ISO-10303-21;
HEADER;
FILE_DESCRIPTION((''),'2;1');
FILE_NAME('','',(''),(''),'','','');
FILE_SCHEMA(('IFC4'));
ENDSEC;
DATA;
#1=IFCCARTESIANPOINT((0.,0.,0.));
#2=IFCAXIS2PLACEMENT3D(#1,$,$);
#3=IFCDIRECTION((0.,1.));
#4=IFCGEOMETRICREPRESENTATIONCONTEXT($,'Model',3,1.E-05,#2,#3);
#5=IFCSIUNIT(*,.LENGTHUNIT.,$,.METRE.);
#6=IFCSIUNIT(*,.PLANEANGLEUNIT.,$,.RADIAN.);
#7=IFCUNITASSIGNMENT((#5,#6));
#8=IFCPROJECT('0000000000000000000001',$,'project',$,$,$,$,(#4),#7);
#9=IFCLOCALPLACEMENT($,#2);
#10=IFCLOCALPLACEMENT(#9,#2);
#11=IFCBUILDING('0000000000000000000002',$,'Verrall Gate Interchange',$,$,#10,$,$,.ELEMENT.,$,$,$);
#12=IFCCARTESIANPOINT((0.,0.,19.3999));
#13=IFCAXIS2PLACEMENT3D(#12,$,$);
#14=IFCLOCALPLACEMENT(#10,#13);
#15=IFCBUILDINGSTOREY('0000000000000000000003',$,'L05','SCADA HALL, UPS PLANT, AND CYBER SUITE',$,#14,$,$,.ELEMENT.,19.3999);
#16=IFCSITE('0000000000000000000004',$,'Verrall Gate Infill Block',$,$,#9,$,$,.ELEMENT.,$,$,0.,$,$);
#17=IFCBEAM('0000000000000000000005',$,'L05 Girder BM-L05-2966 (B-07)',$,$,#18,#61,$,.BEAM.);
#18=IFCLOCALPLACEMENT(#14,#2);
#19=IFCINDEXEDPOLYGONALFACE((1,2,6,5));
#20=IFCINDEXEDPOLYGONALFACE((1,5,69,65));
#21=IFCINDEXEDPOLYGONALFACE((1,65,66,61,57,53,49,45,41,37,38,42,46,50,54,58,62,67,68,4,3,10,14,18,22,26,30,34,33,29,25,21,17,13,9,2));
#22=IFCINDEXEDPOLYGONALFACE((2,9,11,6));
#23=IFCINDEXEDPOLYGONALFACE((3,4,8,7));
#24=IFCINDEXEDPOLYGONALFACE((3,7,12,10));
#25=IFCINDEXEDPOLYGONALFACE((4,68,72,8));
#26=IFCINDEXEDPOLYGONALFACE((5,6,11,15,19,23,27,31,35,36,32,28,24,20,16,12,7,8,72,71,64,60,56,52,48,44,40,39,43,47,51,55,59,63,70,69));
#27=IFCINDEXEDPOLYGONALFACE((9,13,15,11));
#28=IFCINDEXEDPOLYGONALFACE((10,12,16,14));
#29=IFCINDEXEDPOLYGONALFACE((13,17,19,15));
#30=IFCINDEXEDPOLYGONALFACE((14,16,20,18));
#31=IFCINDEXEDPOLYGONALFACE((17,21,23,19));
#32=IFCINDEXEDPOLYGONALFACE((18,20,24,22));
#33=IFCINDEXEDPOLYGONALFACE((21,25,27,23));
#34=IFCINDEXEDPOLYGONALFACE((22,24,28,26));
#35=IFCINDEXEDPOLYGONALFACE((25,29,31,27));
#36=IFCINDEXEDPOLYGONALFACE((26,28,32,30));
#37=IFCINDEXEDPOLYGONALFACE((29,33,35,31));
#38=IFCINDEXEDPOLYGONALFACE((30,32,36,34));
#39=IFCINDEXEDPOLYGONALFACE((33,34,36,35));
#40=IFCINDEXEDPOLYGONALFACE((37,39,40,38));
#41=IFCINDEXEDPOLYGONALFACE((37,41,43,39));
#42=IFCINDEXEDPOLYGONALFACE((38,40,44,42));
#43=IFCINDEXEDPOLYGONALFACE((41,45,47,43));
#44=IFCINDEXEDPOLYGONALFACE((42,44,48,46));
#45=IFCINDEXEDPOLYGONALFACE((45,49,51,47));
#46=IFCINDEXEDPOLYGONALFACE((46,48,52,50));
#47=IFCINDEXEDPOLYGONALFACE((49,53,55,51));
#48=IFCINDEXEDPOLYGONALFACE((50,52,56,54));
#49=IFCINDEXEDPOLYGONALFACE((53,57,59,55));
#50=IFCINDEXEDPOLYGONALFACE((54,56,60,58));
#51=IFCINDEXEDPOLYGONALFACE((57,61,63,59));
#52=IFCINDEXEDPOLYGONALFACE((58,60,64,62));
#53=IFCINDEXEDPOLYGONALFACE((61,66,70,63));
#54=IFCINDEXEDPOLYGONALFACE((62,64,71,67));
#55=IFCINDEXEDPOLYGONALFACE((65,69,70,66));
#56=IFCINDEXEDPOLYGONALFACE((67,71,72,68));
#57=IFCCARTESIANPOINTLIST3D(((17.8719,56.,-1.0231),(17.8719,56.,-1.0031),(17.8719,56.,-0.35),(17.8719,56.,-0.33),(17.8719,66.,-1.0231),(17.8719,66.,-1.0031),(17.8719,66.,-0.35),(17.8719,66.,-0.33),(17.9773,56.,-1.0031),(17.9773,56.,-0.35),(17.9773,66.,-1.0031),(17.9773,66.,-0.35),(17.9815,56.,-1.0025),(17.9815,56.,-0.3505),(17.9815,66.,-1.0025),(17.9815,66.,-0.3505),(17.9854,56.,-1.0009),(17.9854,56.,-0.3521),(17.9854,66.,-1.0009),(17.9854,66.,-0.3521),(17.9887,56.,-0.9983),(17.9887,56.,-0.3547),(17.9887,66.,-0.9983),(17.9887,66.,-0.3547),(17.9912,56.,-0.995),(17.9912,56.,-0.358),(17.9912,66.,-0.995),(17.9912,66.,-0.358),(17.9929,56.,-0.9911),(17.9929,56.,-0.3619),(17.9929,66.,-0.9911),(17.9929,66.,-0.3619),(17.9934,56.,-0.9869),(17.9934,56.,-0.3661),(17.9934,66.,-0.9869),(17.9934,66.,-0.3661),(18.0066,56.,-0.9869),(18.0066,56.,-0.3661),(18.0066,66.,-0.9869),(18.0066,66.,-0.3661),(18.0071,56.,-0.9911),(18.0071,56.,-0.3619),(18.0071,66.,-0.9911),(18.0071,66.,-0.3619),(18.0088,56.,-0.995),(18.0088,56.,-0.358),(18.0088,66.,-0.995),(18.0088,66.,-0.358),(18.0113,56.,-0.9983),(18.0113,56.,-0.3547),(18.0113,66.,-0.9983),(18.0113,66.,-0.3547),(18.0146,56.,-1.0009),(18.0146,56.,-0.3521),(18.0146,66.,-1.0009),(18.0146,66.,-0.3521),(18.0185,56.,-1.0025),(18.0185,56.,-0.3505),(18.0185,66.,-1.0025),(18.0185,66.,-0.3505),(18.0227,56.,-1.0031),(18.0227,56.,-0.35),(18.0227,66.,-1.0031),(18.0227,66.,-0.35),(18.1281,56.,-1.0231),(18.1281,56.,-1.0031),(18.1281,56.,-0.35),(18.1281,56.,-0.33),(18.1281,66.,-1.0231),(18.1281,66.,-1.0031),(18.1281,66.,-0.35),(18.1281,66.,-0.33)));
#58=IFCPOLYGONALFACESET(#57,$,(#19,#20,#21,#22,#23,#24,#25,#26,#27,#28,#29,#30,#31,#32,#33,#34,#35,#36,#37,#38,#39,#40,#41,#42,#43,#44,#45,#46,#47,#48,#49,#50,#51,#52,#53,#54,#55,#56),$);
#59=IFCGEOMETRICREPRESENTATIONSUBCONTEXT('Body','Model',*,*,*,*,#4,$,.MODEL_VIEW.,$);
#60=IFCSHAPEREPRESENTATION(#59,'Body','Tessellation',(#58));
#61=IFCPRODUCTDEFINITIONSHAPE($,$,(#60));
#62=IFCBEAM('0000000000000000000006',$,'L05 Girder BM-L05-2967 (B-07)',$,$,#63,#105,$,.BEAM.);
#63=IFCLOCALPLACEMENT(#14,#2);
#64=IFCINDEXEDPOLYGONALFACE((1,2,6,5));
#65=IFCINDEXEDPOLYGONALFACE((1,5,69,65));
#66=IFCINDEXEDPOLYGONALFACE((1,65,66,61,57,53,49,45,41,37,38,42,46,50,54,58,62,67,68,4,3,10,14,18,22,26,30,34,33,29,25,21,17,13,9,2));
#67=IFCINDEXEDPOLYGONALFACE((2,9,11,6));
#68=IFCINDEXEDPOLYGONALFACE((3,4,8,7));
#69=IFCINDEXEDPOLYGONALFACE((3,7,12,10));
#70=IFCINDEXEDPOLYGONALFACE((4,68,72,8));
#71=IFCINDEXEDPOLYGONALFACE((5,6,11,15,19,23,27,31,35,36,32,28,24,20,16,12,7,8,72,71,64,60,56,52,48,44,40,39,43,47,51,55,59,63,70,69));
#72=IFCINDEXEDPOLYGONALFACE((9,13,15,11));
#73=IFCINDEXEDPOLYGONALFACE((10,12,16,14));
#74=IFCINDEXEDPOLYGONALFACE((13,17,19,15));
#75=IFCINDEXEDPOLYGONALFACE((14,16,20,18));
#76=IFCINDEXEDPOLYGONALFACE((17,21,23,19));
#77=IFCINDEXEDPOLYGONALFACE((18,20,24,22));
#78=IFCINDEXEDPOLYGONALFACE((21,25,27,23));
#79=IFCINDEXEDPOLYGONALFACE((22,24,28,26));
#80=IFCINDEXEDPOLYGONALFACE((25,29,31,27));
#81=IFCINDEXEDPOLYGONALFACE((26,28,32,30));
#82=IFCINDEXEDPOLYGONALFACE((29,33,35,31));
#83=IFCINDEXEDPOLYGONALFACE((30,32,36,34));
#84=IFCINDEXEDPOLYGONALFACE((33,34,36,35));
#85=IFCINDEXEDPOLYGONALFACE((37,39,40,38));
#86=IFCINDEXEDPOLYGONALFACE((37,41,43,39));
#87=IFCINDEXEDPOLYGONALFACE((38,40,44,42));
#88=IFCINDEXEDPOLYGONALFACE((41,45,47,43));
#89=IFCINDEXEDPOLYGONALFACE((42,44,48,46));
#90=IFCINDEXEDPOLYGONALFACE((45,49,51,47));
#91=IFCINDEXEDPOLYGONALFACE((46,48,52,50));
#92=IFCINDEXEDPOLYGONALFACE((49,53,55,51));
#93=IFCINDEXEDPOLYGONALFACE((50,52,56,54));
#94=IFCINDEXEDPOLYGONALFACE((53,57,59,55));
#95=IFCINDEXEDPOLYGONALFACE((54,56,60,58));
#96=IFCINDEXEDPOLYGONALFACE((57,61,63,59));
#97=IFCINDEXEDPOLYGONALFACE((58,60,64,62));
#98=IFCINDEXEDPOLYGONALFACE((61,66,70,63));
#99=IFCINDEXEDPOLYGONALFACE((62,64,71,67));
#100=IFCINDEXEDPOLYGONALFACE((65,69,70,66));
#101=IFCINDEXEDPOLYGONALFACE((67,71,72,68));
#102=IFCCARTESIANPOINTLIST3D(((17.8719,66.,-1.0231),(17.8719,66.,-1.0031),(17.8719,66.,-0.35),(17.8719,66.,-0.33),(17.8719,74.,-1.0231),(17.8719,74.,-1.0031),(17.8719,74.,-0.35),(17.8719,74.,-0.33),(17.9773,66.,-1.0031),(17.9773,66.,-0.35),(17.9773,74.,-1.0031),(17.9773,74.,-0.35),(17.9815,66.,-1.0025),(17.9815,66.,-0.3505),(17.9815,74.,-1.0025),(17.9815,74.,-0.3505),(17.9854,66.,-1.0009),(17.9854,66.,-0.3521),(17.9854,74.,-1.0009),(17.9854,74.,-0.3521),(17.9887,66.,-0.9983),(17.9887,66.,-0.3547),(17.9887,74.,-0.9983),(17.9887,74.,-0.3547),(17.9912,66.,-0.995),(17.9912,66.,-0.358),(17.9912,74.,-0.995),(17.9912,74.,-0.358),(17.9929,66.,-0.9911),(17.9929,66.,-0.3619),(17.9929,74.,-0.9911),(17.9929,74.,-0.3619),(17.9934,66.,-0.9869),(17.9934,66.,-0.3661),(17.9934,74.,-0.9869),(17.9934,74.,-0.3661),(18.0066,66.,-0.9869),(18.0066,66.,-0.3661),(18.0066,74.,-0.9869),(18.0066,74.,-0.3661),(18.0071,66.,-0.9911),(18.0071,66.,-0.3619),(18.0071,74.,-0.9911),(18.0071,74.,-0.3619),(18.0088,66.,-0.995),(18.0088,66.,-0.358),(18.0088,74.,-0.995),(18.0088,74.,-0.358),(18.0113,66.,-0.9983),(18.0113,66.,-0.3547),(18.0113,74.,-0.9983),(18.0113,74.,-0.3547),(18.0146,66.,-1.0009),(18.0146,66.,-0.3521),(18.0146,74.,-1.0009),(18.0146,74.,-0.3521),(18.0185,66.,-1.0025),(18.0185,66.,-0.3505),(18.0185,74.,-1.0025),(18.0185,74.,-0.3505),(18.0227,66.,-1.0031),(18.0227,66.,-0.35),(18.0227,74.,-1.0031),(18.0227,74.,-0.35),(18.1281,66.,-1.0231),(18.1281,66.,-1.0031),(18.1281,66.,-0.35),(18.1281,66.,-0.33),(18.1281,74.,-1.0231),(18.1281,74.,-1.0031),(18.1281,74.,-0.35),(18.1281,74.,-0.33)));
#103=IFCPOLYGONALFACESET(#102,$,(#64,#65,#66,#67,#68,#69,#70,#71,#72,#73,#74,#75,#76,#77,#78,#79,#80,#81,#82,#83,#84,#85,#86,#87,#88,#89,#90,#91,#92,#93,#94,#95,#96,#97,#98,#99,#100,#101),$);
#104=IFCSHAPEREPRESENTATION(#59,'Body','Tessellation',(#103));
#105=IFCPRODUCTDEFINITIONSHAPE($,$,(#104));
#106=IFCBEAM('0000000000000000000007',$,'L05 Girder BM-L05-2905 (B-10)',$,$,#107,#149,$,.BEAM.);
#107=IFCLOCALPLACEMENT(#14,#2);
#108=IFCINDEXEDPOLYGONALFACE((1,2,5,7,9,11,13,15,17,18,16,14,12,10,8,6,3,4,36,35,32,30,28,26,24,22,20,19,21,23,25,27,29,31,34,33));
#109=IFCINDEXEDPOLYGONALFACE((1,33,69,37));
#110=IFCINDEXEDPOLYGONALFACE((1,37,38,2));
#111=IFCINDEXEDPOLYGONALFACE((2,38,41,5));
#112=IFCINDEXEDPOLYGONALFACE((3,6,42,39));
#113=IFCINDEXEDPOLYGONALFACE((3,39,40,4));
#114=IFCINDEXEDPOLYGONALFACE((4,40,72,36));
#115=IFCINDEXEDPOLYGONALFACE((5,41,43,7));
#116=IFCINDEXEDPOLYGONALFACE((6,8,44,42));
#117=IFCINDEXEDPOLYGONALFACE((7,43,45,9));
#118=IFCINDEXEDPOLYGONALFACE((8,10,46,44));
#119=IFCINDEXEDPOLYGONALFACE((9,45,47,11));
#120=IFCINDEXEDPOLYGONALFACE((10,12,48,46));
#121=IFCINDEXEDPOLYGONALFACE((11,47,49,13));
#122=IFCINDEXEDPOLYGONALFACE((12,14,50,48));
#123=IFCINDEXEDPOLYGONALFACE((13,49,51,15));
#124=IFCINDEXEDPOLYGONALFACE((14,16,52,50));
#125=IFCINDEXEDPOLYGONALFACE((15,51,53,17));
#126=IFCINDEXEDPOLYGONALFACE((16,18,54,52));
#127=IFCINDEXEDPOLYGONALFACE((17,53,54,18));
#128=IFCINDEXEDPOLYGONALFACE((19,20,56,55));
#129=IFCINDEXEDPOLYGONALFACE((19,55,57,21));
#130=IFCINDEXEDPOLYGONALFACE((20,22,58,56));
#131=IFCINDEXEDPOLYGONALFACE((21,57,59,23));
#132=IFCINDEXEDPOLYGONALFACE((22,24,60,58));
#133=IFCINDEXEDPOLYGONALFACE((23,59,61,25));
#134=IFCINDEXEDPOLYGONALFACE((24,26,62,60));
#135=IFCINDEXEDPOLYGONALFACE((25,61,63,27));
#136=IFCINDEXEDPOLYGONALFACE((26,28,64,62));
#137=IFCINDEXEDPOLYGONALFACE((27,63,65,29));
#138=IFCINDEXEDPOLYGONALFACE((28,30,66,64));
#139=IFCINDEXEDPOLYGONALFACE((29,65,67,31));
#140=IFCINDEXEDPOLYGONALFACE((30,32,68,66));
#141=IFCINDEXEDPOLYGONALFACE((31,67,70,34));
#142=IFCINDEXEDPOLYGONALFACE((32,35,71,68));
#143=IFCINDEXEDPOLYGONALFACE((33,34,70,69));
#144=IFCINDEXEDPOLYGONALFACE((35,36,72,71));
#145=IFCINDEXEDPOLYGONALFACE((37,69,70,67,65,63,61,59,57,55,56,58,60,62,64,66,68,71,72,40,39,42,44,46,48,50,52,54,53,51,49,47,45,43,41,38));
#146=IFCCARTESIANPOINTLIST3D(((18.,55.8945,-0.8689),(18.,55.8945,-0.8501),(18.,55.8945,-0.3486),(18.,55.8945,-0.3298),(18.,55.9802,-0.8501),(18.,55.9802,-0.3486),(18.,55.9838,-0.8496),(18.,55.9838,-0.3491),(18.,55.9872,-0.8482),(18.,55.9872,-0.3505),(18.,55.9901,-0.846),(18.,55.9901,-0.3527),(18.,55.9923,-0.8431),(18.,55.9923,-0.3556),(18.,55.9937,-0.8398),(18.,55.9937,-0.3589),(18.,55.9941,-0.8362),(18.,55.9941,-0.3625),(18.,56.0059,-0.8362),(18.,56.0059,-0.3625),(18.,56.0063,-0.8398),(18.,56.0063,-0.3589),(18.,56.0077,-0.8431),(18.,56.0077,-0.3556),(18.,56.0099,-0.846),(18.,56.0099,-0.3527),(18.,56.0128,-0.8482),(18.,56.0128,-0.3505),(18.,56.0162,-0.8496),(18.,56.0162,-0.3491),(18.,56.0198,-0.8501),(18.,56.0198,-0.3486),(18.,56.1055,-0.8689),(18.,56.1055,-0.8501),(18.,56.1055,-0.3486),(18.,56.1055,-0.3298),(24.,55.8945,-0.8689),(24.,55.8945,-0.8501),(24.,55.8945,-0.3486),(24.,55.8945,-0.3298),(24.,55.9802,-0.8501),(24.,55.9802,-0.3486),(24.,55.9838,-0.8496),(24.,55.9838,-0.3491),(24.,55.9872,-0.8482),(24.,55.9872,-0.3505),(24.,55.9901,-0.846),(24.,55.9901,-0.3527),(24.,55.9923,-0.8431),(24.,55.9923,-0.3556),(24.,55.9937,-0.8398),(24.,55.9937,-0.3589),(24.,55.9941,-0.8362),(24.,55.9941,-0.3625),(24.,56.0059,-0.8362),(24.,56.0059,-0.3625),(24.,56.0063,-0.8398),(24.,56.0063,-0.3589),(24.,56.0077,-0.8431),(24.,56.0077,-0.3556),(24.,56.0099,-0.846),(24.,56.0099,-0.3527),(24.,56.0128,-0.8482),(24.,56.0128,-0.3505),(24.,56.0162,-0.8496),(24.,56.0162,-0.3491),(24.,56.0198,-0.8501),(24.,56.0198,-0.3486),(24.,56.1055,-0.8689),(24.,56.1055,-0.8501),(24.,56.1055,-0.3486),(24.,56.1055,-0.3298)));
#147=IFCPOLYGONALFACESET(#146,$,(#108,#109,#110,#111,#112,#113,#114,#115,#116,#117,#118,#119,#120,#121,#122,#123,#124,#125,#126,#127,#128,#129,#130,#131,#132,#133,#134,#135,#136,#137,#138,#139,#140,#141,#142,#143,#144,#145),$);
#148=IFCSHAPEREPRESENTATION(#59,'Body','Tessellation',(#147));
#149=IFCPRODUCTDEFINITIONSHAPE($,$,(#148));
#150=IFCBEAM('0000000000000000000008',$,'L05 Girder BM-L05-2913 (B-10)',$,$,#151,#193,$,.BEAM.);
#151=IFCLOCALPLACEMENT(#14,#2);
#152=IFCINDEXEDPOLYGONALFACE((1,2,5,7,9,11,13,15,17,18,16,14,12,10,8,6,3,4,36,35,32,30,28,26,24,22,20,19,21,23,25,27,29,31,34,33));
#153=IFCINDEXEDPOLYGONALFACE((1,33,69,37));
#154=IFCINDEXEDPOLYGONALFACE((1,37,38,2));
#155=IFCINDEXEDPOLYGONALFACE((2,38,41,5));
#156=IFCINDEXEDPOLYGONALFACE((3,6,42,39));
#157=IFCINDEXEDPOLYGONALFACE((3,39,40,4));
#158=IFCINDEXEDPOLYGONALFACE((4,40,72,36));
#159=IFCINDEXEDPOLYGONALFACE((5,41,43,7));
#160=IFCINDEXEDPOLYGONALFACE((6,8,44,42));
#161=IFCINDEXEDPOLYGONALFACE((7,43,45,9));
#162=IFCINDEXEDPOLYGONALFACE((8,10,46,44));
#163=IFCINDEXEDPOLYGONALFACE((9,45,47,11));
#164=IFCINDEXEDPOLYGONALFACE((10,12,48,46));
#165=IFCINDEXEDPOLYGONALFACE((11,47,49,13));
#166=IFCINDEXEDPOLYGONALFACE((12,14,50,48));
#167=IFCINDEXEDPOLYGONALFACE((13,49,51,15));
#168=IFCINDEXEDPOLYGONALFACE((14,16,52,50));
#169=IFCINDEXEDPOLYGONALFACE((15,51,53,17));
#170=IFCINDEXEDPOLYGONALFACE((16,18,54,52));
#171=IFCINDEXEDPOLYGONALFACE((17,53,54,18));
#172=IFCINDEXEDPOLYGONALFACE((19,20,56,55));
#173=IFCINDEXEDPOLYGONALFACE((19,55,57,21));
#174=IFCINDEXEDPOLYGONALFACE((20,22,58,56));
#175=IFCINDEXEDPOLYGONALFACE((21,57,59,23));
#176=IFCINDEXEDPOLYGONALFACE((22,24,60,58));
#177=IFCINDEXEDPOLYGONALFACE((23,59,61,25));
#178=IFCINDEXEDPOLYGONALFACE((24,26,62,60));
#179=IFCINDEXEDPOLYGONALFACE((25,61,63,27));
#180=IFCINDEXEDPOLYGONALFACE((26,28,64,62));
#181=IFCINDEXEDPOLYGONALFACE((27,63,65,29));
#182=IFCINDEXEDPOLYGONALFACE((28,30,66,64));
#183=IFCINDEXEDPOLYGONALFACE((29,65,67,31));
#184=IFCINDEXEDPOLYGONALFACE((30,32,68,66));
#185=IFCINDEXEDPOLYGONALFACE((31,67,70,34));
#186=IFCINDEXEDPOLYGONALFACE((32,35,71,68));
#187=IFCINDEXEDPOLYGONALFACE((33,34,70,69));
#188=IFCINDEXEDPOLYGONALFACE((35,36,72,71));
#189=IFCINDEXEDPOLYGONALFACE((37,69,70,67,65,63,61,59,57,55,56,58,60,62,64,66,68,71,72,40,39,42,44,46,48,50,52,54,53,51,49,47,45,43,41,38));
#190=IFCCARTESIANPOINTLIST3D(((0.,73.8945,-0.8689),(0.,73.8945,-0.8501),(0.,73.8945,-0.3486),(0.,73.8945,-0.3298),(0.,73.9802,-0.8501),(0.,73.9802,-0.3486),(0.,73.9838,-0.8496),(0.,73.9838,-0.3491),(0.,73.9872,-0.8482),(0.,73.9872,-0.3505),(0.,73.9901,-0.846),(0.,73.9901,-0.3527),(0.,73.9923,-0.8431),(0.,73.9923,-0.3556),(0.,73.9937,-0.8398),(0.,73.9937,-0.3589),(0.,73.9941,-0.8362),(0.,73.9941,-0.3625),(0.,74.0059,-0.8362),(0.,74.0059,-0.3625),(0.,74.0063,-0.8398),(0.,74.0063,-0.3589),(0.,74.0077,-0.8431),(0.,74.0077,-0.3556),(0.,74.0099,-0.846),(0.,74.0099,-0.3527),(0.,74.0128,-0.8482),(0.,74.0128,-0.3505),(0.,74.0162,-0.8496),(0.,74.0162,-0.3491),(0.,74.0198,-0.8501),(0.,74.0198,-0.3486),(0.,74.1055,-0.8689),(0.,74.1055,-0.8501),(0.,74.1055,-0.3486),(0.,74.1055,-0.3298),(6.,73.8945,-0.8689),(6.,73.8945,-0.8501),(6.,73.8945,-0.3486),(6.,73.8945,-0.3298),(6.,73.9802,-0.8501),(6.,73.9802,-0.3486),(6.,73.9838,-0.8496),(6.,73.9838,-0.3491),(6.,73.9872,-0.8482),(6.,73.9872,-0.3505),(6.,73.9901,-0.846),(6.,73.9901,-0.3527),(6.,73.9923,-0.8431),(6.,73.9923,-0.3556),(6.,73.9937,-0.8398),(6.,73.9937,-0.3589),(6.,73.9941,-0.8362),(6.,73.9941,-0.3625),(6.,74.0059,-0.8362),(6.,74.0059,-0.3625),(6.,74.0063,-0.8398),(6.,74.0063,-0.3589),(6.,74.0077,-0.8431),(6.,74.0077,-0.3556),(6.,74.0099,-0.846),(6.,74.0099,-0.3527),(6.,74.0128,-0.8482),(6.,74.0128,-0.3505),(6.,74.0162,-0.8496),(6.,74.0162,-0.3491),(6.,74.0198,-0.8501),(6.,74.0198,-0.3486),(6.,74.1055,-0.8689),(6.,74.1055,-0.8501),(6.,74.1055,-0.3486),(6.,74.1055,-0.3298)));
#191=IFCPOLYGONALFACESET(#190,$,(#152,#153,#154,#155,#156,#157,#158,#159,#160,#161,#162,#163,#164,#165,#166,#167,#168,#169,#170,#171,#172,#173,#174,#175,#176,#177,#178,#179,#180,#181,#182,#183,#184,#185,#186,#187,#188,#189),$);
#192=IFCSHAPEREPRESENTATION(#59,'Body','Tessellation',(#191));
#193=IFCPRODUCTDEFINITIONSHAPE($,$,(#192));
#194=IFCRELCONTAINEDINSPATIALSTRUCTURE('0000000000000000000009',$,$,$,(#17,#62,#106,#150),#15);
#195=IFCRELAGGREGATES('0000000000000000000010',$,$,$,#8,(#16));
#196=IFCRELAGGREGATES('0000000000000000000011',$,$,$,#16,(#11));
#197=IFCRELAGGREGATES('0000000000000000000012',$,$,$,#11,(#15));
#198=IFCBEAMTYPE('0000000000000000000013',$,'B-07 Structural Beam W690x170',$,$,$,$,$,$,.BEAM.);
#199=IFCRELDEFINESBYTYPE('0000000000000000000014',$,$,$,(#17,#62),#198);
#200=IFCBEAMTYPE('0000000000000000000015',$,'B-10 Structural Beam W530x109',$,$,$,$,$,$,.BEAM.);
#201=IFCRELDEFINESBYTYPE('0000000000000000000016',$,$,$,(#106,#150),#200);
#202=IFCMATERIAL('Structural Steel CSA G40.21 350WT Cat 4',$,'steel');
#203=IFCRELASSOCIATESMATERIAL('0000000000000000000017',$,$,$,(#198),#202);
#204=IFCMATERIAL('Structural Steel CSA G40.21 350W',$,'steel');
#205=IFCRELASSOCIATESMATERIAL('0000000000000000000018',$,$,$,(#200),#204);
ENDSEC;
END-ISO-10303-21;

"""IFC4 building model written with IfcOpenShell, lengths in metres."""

from ifc_helpers import new_model, si_unit, direction, frame, origin, origin_2d, place, context, subcontext, project, spatial, i_section, extrude, material, material_profile, profile_set, type_object, element, save


model = new_model("IFC4")

# Units and contexts
model_context = context("Model", 3, precision=1e-05, world=origin(), true_north=direction((0.0, 1.0)))
body_context = subcontext(model_context, "Body", "Model", "MODEL_VIEW")
ifc_project = project(units=[si_unit("LENGTHUNIT", "METRE"), si_unit("PLANEANGLEUNIT", "RADIAN")], contexts=[model_context])

# Site, building, storey
site_placement = place(None, origin())
site = spatial("IfcSite", under=ifc_project, at=site_placement, Name="Verrall Gate Infill Block", CompositionType="ELEMENT", RefElevation=0.0)
building_placement = place(site_placement, origin())
building = spatial("IfcBuilding", under=site, at=building_placement, Name="Verrall Gate Interchange", CompositionType="ELEMENT")
storey_placement = place(building_placement, frame((0.0, 0.0, 19.3999)))
storey = spatial("IfcBuildingStorey", under=building, at=storey_placement, Name="L05", Description="SCADA HALL, UPS PLANT, AND CYBER SUITE", CompositionType="ELEMENT", Elevation=19.3999)

# Beams
ifc_material_1 = material(Name="Structural Steel CSA G40.21 350WT Cat 4", Category="steel")
ifc_material_profile_1 = material_profile(ifc_material_1, i_section(OverallWidth=0.2561, OverallDepth=0.6931, WebThickness=0.0132, FlangeThickness=0.02, FilletRadius=0.0161, at=origin_2d()), Name="W690x170")
ifc_profile_set_1 = profile_set([ifc_material_profile_1], Name="Structural Steel CSA G40.21 350WT Cat 4")
beam_type_1 = type_object("IfcBeamType", Name="B-07 Structural Beam W690x170", PredefinedType="BEAM", material=ifc_profile_set_1)
beam_1_placement = place(storey_placement, frame((18.0, 56.0, -0.6765), z_axis=(0.0, 1.0, 0.0), x_axis=(-1.0, 0.0, 0.0)))
element("IfcBeam", 1, at=beam_1_placement, inside=storey, type_object=beam_type_1, Name="L05 Girder BM-L05-2966 (B-07)", PredefinedType="BEAM", context=body_context, shape_type="SweptSolid", body=[
    extrude(i_section(OverallWidth=0.2561, OverallDepth=0.6931, WebThickness=0.0132, FlangeThickness=0.02, FilletRadius=0.0161, at=origin_2d()), origin(), (0.0, 0.0, 1.0), 10.0),
])
beam_2_placement = place(storey_placement, frame((18.0, 66.0, -0.6765), z_axis=(0.0, 1.0, 0.0), x_axis=(-1.0, 0.0, 0.0)))
element("IfcBeam", 2, at=beam_2_placement, inside=storey, type_object=beam_type_1, Name="L05 Girder BM-L05-2967 (B-07)", PredefinedType="BEAM", context=body_context, shape_type="SweptSolid", body=[
    extrude(i_section(OverallWidth=0.2561, OverallDepth=0.6931, WebThickness=0.0132, FlangeThickness=0.02, FilletRadius=0.0161, at=origin_2d()), origin(), (0.0, 0.0, 1.0), 8.0),
])
ifc_material_2 = material(Name="Structural Steel CSA G40.21 350W", Category="steel")
ifc_material_profile_2 = material_profile(ifc_material_2, i_section(OverallWidth=0.2109, OverallDepth=0.5391, WebThickness=0.0117, FlangeThickness=0.0188, FilletRadius=0.0139, at=origin_2d()), Name="W530x109")
ifc_profile_set_2 = profile_set([ifc_material_profile_2], Name="Structural Steel CSA G40.21 350W")
beam_type_2 = type_object("IfcBeamType", Name="B-10 Structural Beam W530x109", PredefinedType="BEAM", material=ifc_profile_set_2)
for number, where, z_axis, x_axis, name in (
    (3, (18.0, 56.0, -0.5994), (1.0, 0.0, 0.0), (0.0, 1.0, 0.0), "L05 Girder BM-L05-2905 (B-10)"),
    (4, (0.0, 74.0, -0.5994), (1.0, 0.0, 0.0), (0.0, 1.0, 0.0), "L05 Girder BM-L05-2913 (B-10)"),
):
    element("IfcBeam", number, at=place(storey_placement, frame(where, z_axis=z_axis, x_axis=x_axis)), inside=storey, type_object=beam_type_2, Name=name, PredefinedType="BEAM", context=body_context, shape_type="SweptSolid", body=[
        extrude(i_section(OverallWidth=0.2109, OverallDepth=0.5391, WebThickness=0.0117, FlangeThickness=0.0188, FilletRadius=0.0139, at=origin_2d()), origin(), (0.0, 0.0, 1.0), 6.0),
    ])

save(model, "model.ifc")
